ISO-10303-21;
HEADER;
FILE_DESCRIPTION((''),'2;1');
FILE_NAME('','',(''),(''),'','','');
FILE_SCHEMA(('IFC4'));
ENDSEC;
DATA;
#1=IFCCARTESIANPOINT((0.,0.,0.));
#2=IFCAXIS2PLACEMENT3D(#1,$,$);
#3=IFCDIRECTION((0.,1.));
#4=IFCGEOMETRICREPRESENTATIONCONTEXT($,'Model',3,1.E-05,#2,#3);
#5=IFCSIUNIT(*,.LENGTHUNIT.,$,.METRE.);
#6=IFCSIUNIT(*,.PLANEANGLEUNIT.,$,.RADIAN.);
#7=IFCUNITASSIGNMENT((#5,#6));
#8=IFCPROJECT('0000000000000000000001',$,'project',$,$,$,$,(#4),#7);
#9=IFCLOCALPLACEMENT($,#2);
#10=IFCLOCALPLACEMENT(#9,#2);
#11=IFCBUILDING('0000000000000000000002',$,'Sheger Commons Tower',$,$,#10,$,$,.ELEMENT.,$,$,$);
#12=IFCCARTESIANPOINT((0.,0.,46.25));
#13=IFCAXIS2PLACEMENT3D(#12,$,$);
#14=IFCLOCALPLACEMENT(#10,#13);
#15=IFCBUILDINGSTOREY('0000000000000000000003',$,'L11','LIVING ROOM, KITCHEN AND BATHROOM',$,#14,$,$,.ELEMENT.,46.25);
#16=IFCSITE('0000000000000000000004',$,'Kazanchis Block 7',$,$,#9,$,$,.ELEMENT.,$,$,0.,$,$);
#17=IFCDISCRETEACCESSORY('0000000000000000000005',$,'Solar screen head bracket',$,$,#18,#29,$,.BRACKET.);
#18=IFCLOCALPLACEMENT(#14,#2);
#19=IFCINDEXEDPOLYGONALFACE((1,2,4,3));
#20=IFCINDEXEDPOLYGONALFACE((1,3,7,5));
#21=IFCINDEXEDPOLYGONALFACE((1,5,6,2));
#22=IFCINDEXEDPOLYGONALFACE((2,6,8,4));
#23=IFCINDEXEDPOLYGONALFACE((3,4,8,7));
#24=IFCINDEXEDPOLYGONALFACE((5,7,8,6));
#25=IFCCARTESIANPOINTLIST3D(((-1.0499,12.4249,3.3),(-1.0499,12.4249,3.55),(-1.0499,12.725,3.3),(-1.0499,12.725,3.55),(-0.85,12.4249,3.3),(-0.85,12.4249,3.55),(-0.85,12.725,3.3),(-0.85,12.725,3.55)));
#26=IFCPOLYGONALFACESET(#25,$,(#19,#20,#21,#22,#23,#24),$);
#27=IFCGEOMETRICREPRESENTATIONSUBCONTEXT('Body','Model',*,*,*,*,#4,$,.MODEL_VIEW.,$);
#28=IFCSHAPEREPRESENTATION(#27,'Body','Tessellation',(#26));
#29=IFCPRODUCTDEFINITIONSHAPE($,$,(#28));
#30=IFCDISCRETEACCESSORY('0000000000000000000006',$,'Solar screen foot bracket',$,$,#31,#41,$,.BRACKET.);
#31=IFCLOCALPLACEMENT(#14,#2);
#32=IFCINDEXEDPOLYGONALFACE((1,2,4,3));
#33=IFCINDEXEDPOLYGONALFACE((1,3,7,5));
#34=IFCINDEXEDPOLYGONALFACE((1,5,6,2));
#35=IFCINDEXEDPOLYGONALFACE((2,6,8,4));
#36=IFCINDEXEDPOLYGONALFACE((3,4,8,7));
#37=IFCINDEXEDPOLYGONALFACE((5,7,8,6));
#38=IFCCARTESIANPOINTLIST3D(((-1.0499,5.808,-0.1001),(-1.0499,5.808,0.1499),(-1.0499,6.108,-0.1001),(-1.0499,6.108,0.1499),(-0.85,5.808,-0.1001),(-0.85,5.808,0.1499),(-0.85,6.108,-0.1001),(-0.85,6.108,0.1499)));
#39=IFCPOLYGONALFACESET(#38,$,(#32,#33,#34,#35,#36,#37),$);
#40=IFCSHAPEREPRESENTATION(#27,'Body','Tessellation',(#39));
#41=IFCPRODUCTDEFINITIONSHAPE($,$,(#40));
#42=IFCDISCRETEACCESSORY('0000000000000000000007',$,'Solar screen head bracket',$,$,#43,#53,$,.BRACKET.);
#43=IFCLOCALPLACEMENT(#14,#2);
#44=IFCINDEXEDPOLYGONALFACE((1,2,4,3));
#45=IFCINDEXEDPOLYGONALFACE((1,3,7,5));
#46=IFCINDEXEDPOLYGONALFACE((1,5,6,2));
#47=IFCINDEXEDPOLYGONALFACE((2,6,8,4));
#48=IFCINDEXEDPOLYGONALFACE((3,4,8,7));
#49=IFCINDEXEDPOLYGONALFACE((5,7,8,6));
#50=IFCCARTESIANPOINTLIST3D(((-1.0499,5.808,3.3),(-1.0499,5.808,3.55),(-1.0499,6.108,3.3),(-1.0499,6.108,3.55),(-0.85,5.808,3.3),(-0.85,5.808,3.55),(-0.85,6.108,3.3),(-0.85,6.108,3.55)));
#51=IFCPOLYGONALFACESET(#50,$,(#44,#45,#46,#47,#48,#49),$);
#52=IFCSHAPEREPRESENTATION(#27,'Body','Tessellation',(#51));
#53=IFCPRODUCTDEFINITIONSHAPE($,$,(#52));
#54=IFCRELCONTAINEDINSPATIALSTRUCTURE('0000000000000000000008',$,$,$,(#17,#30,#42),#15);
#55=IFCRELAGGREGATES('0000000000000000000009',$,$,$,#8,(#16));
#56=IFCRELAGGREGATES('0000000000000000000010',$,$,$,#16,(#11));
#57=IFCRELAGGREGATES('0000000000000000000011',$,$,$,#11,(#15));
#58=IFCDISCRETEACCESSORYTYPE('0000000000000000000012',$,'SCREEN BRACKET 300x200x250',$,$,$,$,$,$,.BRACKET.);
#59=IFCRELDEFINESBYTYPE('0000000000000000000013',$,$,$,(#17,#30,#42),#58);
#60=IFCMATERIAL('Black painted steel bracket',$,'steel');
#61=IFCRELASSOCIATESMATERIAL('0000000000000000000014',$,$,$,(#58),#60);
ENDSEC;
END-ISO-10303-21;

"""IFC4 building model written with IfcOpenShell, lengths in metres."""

from ifc_helpers import new_model, si_unit, direction, frame, origin, origin_2d, place, context, subcontext, project, spatial, rectangle, extrude, material, type_object, element, save


model = new_model("IFC4")

# Units and contexts
model_context = context("Model", 3, precision=1e-05, world=origin(), true_north=direction((0.0, 1.0)))
body_context = subcontext(model_context, "Body", "Model", "MODEL_VIEW")
ifc_project = project(units=[si_unit("LENGTHUNIT", "METRE"), si_unit("PLANEANGLEUNIT", "RADIAN")], contexts=[model_context])

# Site, building, storey
site_placement = place(None, origin())
site = spatial("IfcSite", under=ifc_project, at=site_placement, Name="Kazanchis Block 7", CompositionType="ELEMENT", RefElevation=0.0)
building_placement = place(site_placement, origin())
building = spatial("IfcBuilding", under=site, at=building_placement, Name="Sheger Commons Tower", CompositionType="ELEMENT")
storey_placement = place(building_placement, frame((0.0, 0.0, 46.25)))
storey = spatial("IfcBuildingStorey", under=building, at=storey_placement, Name="L11", Description="LIVING ROOM, KITCHEN AND BATHROOM", CompositionType="ELEMENT", Elevation=46.25)

# Discrete accessories
ifc_material_1 = material(Name="Black painted steel bracket", Category="steel")
discrete_accessory_type = type_object("IfcDiscreteAccessoryType", Name="SCREEN BRACKET 300x200x250", PredefinedType="BRACKET", material=ifc_material_1)
for number, where, z_axis, x_axis, name in (
    (1, (-0.95, 12.575, 3.3), (0.0, 0.0, 1.0), (0.0, -1.0, 0.0), "Solar screen head bracket"),
    (2, (-0.95, 5.958, -0.1001), (0.0, 0.0, 1.0), (0.0, -1.0, 0.0), "Solar screen foot bracket"),
    (3, (-0.95, 5.958, 3.3), (0.0, 0.0, 1.0), (0.0, -1.0, 0.0), "Solar screen head bracket"),
):
    element("IfcDiscreteAccessory", number, at=place(storey_placement, frame(where, z_axis=z_axis, x_axis=x_axis)), inside=storey, type_object=discrete_accessory_type, Name=name, PredefinedType="BRACKET", context=body_context, shape_type="SweptSolid", body=[
        extrude(rectangle(XDim=0.3, YDim=0.2, at=origin_2d()), origin(), (0.0, 0.0, 1.0), 0.25),
    ])

save(model, "model.ifc")
